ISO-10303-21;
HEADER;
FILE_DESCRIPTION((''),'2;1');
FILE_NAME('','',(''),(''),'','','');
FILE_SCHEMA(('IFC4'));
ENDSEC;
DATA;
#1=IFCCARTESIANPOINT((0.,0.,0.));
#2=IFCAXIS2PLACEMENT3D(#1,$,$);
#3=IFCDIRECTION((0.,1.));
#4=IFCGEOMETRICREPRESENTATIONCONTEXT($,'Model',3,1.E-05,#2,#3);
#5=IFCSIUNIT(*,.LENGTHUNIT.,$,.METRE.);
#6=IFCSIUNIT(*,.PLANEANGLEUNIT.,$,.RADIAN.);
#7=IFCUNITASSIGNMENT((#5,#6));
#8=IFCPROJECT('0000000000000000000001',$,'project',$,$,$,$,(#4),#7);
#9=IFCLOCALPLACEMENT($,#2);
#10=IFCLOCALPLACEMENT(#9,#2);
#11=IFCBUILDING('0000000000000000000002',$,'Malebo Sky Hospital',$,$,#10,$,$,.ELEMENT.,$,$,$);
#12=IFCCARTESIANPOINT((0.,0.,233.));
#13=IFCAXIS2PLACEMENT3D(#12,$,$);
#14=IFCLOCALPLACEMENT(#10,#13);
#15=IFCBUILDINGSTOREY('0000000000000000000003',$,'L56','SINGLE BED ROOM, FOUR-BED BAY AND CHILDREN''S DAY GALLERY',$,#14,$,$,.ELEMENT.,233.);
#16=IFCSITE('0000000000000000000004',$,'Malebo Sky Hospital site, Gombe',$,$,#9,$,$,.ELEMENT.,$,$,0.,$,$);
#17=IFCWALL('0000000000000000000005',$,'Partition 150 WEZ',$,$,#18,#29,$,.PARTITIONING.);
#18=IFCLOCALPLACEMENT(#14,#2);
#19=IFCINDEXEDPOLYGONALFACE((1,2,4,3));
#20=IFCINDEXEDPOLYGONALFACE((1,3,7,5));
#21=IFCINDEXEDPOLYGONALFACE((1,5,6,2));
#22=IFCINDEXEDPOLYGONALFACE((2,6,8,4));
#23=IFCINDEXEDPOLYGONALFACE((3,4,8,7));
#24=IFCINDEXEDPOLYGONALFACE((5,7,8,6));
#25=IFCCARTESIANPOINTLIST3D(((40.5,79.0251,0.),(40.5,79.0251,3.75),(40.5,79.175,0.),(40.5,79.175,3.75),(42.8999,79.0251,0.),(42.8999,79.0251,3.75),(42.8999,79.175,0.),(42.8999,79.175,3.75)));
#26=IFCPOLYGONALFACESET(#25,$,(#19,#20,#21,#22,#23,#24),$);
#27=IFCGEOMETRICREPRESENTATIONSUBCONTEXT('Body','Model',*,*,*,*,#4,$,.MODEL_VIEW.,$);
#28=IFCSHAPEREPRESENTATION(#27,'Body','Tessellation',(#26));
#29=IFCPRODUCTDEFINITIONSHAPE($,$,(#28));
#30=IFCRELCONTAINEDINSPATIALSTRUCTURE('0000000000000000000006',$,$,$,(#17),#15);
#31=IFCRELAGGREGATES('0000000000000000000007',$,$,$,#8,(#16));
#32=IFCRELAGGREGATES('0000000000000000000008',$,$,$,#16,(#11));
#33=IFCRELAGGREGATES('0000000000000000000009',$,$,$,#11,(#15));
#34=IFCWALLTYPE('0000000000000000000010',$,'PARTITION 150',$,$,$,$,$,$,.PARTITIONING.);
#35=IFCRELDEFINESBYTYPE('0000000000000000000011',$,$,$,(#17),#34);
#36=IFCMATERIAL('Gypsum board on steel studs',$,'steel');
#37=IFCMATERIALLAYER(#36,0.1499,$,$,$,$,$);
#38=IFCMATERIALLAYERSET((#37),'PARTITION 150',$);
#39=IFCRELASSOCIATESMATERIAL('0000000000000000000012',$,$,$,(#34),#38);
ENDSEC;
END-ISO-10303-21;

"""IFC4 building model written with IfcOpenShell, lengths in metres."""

from ifc_helpers import new_model, si_unit, direction, frame, frame_2d, origin, place, context, subcontext, project, spatial, rectangle, extrude, material, layer, layer_set, type_object, element, save


model = new_model("IFC4")

# Units and contexts
model_context = context("Model", 3, precision=1e-05, world=origin(), true_north=direction((0.0, 1.0)))
body_context = subcontext(model_context, "Body", "Model", "MODEL_VIEW")
ifc_project = project(units=[si_unit("LENGTHUNIT", "METRE"), si_unit("PLANEANGLEUNIT", "RADIAN")], contexts=[model_context])

# Site, building, storey
site_placement = place(None, origin())
site = spatial("IfcSite", under=ifc_project, at=site_placement, Name="Malebo Sky Hospital site, Gombe", CompositionType="ELEMENT", RefElevation=0.0)
building_placement = place(site_placement, origin())
building = spatial("IfcBuilding", under=site, at=building_placement, Name="Malebo Sky Hospital", CompositionType="ELEMENT")
storey_placement = place(building_placement, frame((0.0, 0.0, 233.0)))
storey = spatial("IfcBuildingStorey", under=building, at=storey_placement, Name="L56", Description="SINGLE BED ROOM, FOUR-BED BAY AND CHILDREN'S DAY GALLERY", CompositionType="ELEMENT", Elevation=233.0)

# Shared definitions
ifc_material_1 = material(Name="Gypsum board on steel studs", Category="steel")

# Shared definitions
ifc_layer_1 = layer(ifc_material_1, 0.1499)
ifc_layer_set_1 = layer_set([ifc_layer_1], Name="PARTITION 150")
wall_type_1 = type_object("IfcWallType", Name="PARTITION 150", PredefinedType="PARTITIONING", material=ifc_layer_set_1)

# Wall
for number, where, z_axis, x_axis, name in (
    (1, (42.8999, 79.1001, 0.0), (0.0, 0.0, 1.0), (-1.0, 0.0, 0.0), "Partition 150 WEZ"),
):
    element("IfcWall", number, at=place(storey_placement, frame(where, z_axis=z_axis, x_axis=x_axis)), inside=storey, type_object=wall_type_1, Name=name, PredefinedType="PARTITIONING", context=body_context, shape_type="SweptSolid", body=[
        extrude(rectangle(XDim=2.3999, YDim=0.1499, at=frame_2d((1.2, 0.0))), origin(), (0.0, 0.0, 1.0), 3.75),
    ])

save(model, "model.ifc")
